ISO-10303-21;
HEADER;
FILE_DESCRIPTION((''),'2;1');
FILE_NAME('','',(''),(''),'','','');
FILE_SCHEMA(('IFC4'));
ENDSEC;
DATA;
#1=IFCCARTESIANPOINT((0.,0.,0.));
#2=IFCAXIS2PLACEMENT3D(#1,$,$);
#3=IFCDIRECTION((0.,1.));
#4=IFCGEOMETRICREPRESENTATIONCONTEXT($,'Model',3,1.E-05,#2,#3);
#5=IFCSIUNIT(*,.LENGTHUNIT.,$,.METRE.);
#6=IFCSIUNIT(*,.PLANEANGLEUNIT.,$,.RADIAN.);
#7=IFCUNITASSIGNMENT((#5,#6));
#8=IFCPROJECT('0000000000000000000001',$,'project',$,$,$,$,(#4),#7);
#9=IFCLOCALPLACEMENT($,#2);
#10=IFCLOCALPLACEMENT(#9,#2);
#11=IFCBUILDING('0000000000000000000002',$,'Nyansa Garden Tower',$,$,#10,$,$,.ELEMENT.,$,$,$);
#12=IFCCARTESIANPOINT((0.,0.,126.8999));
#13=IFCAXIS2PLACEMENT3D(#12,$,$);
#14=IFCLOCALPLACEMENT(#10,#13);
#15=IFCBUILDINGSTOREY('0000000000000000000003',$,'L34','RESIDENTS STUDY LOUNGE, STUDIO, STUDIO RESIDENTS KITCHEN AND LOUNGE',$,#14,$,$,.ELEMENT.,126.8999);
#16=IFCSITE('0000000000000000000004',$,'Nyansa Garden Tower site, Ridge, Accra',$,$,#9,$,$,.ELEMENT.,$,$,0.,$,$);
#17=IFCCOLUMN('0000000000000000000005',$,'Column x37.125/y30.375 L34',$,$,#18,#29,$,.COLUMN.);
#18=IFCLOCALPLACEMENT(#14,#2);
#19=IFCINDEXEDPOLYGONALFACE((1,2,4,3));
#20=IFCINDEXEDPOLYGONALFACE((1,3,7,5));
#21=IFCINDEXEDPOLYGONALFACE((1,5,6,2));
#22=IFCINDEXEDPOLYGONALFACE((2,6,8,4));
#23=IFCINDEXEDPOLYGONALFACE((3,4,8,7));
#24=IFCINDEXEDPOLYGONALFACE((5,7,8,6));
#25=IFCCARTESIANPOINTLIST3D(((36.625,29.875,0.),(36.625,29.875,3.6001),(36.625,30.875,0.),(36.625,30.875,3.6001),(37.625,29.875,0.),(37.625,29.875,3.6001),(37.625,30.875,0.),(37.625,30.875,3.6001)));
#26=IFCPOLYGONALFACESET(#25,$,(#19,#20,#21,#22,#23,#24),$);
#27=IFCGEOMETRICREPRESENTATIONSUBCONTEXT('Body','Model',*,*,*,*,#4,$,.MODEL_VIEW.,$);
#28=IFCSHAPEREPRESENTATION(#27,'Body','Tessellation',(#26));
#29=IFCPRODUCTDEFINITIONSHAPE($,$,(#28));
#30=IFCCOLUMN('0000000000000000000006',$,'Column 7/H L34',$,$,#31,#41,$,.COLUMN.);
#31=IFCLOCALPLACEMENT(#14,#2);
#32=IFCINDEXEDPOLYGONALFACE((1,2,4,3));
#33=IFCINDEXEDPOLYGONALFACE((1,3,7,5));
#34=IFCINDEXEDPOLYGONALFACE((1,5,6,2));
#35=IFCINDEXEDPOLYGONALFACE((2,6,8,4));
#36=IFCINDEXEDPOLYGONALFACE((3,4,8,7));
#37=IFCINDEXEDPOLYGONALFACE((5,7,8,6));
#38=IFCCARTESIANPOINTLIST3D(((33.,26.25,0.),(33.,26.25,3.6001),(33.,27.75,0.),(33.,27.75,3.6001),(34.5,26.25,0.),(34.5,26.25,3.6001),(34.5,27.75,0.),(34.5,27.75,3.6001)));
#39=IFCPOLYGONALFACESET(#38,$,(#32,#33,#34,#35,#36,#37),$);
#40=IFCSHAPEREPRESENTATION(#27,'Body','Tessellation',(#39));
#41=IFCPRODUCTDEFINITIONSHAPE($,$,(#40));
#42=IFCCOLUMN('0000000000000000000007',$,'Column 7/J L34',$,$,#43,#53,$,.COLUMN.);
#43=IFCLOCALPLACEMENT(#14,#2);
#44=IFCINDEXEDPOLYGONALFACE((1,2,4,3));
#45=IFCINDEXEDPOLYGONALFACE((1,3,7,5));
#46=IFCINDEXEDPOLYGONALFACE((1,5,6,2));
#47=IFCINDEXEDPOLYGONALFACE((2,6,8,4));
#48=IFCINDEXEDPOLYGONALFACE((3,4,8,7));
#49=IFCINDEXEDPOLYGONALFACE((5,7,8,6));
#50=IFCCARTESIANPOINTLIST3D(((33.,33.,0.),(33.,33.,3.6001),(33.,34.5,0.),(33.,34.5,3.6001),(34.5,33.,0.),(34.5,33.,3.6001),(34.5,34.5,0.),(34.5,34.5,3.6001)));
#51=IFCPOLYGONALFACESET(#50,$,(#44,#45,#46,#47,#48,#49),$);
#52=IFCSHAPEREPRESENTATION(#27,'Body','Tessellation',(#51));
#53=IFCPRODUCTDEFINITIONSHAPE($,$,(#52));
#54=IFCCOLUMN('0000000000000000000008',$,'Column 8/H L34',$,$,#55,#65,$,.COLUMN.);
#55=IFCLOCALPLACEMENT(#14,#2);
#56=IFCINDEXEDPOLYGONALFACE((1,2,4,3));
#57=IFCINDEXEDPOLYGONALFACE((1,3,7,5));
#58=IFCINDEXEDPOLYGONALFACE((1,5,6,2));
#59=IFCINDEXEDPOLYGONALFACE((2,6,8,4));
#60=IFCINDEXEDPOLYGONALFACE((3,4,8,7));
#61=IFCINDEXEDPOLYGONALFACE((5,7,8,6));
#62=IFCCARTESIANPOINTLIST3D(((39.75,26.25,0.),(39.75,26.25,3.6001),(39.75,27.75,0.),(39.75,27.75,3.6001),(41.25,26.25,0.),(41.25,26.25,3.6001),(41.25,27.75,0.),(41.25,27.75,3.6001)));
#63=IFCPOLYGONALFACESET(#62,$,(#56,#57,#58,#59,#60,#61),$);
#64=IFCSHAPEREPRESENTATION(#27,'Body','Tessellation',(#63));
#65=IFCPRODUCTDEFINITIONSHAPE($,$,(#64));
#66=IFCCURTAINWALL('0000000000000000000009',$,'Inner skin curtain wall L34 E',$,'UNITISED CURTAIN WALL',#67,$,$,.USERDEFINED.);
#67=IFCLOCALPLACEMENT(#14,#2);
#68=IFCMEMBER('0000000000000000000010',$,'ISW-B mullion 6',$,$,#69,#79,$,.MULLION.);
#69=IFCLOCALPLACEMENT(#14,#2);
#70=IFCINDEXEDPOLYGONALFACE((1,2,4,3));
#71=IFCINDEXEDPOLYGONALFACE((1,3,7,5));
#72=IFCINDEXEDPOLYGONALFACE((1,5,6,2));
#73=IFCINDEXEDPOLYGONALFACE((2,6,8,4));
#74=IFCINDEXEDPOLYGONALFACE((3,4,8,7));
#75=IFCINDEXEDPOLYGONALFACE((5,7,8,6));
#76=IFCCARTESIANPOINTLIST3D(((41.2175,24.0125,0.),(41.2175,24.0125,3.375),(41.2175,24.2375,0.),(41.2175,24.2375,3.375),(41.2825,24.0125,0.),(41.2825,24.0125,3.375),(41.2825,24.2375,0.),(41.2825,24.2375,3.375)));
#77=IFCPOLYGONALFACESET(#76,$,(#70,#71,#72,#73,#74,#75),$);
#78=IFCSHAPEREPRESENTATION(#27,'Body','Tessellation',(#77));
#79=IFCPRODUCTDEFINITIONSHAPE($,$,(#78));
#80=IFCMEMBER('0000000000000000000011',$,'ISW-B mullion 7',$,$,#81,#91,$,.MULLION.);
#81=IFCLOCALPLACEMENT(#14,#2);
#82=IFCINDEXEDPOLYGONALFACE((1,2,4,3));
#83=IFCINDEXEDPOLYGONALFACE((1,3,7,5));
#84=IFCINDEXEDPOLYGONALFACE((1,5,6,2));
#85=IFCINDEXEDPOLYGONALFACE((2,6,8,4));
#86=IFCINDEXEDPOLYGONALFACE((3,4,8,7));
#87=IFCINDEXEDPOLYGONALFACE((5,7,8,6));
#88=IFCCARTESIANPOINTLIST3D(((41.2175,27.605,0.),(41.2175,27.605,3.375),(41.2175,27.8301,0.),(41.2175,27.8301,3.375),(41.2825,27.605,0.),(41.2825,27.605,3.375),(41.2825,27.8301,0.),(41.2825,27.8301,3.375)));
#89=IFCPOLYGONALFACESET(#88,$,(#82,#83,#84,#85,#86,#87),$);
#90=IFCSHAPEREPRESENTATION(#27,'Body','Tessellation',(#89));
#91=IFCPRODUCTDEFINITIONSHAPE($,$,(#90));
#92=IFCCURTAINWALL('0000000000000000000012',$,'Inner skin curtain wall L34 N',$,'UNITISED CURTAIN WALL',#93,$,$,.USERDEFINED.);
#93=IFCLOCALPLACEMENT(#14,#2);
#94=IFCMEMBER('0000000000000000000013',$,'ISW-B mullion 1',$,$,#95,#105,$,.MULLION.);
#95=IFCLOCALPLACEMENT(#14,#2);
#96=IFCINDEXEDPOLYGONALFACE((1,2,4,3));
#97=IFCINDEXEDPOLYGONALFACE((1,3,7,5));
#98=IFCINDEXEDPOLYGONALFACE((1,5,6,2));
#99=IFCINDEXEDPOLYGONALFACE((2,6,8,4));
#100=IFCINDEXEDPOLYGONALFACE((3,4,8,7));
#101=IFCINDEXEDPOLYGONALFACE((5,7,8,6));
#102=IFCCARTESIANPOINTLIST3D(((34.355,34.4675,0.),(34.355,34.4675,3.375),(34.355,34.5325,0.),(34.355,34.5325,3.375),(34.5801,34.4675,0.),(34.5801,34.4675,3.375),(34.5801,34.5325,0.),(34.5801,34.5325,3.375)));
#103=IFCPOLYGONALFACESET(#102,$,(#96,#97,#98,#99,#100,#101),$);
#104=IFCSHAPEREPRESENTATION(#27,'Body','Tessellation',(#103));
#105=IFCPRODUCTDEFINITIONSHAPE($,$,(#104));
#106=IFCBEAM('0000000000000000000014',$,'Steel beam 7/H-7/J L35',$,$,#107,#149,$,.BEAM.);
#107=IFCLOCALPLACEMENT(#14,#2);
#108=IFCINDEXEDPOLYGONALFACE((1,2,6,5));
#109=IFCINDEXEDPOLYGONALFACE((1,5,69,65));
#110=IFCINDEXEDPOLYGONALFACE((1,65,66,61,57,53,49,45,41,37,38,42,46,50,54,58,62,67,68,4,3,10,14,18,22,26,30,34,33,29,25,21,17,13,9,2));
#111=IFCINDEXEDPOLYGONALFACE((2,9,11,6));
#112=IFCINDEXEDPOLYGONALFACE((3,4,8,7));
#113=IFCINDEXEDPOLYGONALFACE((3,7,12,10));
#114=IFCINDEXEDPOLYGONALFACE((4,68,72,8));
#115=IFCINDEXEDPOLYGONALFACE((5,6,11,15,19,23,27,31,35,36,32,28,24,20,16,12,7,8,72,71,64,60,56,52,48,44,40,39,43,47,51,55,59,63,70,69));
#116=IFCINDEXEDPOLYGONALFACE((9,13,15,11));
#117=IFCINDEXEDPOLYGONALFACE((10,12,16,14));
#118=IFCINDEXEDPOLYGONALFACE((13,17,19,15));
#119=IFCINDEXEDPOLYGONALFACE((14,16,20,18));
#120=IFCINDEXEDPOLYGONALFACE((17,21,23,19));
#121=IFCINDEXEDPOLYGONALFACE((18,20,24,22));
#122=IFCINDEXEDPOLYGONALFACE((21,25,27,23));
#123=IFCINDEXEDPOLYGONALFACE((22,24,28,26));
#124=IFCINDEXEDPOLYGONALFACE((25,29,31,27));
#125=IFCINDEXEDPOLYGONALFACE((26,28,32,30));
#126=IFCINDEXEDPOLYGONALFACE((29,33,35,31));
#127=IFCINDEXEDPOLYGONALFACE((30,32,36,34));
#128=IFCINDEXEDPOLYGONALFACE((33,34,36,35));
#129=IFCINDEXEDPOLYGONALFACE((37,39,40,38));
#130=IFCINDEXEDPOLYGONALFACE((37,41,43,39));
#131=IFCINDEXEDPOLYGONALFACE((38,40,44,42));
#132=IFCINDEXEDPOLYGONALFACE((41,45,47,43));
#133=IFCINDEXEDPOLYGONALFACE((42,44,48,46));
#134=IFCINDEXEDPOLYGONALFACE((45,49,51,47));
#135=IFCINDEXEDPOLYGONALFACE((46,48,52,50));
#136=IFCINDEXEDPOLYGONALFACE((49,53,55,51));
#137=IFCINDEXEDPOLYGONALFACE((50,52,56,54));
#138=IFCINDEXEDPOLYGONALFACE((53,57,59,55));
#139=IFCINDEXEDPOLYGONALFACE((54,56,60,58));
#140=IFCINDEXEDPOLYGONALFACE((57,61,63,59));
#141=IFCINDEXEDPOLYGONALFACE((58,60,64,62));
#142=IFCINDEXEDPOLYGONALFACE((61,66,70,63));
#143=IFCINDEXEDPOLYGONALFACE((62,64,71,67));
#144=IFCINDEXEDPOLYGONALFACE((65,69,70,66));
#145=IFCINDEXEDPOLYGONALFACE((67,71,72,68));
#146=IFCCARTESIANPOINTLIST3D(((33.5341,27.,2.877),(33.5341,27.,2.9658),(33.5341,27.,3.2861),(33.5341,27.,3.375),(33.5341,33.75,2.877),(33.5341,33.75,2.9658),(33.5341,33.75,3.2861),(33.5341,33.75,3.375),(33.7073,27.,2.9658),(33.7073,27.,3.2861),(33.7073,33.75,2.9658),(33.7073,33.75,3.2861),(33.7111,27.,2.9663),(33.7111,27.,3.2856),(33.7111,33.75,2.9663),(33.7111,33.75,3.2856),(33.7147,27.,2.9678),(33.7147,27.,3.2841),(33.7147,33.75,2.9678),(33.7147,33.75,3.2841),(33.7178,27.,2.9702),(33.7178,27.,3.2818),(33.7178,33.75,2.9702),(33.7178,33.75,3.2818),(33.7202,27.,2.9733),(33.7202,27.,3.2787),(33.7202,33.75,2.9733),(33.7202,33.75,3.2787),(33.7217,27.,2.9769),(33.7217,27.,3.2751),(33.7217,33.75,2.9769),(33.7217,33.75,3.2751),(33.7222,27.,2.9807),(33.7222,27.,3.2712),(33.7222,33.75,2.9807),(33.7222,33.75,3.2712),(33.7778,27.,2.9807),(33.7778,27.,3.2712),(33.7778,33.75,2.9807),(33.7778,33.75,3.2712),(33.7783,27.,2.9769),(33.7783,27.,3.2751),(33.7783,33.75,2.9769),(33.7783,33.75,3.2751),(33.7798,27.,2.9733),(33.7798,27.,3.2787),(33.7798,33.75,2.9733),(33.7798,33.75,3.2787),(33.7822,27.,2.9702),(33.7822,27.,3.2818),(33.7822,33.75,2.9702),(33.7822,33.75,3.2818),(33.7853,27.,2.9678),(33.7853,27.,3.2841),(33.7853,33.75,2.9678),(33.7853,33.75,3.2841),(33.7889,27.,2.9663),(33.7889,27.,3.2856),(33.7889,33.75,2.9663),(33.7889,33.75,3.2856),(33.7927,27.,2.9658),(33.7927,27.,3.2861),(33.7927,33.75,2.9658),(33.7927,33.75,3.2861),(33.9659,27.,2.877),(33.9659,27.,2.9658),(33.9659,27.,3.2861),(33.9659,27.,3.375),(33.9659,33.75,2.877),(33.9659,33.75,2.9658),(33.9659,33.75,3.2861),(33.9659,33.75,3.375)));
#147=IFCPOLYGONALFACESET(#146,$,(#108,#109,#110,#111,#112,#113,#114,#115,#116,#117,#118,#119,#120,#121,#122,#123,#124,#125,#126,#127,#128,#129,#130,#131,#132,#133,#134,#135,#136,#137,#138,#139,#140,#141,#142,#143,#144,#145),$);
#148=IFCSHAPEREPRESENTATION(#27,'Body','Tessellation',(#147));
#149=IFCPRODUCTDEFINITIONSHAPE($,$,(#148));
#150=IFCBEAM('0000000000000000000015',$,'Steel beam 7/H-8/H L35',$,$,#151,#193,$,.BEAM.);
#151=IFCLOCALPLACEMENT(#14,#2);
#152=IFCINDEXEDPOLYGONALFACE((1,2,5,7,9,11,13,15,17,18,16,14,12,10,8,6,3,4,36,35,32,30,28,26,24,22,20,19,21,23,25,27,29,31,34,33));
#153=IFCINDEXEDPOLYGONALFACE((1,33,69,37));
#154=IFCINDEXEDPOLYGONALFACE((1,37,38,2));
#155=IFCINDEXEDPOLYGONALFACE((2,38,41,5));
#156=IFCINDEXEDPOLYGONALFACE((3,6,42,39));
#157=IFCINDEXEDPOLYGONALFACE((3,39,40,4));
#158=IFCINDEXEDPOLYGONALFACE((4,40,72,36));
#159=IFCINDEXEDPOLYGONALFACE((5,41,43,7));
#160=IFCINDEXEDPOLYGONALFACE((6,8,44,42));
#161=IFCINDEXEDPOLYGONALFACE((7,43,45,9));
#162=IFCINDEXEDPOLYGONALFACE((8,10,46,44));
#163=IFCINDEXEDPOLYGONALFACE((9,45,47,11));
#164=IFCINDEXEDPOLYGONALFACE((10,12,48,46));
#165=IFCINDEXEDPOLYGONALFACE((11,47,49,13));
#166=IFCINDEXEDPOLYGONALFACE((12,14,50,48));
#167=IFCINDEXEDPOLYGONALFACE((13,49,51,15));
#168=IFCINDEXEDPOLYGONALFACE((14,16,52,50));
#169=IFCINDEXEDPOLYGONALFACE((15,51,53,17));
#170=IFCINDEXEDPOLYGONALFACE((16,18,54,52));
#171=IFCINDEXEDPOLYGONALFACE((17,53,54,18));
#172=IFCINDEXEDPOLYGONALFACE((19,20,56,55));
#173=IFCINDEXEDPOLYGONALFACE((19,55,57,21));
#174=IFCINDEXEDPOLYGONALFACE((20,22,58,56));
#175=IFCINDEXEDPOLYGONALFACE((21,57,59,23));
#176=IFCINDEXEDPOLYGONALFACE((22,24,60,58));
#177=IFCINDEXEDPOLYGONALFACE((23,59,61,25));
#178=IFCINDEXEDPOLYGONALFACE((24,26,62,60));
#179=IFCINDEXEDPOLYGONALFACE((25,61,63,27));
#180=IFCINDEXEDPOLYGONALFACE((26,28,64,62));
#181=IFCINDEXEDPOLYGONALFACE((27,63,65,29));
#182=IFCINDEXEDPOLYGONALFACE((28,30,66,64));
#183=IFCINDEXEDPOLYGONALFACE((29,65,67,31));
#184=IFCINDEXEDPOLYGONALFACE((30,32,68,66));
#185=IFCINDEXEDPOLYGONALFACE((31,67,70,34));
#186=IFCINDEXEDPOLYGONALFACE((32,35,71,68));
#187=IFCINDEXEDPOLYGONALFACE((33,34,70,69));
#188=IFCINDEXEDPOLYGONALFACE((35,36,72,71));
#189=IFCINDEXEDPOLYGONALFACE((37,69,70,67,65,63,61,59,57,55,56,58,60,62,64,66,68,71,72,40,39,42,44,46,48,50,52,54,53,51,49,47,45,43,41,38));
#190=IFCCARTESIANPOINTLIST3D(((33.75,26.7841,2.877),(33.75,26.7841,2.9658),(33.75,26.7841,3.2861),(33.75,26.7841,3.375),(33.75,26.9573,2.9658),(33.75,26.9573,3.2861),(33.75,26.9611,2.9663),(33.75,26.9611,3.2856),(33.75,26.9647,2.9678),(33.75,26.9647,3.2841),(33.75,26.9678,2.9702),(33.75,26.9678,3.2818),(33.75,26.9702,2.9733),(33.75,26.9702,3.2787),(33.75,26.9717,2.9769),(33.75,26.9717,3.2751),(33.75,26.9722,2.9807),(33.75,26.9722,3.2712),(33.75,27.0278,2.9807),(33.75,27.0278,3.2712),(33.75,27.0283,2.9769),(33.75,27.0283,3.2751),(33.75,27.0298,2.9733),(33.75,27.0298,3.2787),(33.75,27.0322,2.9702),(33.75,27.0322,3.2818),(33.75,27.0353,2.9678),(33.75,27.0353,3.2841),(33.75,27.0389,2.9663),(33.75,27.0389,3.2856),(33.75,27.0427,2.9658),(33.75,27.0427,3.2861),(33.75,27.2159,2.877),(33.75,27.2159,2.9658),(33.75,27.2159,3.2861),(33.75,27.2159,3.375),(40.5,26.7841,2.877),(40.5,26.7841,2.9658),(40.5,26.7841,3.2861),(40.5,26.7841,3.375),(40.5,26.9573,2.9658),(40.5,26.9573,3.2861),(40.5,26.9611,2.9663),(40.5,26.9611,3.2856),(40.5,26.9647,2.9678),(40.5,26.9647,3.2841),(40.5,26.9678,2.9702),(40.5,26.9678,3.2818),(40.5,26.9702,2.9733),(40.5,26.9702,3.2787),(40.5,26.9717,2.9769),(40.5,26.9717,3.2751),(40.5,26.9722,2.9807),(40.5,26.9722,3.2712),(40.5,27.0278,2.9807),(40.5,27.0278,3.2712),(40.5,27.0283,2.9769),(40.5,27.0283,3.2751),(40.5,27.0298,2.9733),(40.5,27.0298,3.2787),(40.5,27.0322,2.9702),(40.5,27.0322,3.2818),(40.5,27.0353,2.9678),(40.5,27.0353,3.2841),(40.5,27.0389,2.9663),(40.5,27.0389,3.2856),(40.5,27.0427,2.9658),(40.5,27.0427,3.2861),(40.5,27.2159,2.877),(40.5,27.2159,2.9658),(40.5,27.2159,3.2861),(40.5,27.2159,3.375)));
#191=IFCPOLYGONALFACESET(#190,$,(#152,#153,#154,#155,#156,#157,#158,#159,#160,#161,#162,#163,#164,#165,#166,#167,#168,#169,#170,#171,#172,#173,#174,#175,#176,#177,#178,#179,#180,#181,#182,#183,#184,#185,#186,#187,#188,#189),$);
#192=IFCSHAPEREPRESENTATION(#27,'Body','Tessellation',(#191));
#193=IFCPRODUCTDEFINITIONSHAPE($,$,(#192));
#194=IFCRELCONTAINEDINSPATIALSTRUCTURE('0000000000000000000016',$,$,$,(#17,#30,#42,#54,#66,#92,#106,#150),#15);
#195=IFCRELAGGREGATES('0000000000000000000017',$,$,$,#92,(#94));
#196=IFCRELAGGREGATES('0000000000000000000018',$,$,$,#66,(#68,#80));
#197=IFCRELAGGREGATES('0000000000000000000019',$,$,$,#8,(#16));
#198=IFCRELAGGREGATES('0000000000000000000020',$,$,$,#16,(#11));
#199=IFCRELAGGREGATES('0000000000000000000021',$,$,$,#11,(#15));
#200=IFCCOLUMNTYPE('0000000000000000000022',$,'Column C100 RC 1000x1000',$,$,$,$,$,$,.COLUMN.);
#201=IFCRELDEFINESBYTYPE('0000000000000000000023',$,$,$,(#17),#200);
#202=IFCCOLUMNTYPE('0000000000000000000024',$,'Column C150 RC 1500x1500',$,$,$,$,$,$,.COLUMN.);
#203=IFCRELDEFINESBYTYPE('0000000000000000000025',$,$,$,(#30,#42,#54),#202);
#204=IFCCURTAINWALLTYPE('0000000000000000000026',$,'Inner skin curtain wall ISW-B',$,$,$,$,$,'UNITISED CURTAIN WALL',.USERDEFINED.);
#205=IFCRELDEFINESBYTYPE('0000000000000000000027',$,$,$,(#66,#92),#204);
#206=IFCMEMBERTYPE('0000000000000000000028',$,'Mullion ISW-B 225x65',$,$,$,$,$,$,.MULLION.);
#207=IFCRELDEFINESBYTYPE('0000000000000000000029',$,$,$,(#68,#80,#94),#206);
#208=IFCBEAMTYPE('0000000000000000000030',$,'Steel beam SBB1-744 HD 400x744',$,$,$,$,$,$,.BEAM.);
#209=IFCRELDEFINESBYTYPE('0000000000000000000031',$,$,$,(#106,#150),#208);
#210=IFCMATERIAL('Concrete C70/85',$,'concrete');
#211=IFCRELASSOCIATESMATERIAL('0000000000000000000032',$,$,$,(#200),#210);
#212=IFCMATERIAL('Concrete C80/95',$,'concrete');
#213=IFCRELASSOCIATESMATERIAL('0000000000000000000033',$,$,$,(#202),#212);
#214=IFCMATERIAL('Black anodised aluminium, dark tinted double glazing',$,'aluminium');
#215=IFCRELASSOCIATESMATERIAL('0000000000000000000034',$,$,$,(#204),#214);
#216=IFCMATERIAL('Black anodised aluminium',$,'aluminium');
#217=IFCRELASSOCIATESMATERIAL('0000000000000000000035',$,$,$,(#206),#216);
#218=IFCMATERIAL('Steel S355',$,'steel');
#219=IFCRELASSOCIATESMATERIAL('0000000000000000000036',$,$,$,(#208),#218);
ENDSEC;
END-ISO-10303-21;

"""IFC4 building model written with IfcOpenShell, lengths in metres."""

from ifc_helpers import new_model, si_unit, direction, frame, origin, origin_2d, place, context, subcontext, project, spatial, rectangle, i_section, extrude, material, material_profile, profile_set, type_object, element, aggregate, save


model = new_model("IFC4")

# Units and contexts
model_context = context("Model", 3, precision=1e-05, world=origin(), true_north=direction((0.0, 1.0)))
body_context = subcontext(model_context, "Body", "Model", "MODEL_VIEW")
ifc_project = project(units=[si_unit("LENGTHUNIT", "METRE"), si_unit("PLANEANGLEUNIT", "RADIAN")], contexts=[model_context])

# Site, building, storey
site_placement = place(None, origin())
site = spatial("IfcSite", under=ifc_project, at=site_placement, Name="Nyansa Garden Tower site, Ridge, Accra", CompositionType="ELEMENT", RefElevation=0.0)
building_placement = place(site_placement, origin())
building = spatial("IfcBuilding", under=site, at=building_placement, Name="Nyansa Garden Tower", CompositionType="ELEMENT")
storey_placement = place(building_placement, frame((0.0, 0.0, 126.8999)))
storey = spatial("IfcBuildingStorey", under=building, at=storey_placement, Name="L34", Description="RESIDENTS STUDY LOUNGE, STUDIO, STUDIO RESIDENTS KITCHEN AND LOUNGE", CompositionType="ELEMENT", Elevation=126.8999)

# Columns
ifc_material_1 = material(Name="Concrete C70/85", Category="concrete")
ifc_material_profile_1 = material_profile(ifc_material_1, rectangle(XDim=1.0, YDim=1.0, at=origin_2d()), Name="RC 1000x1000")
ifc_profile_set_1 = profile_set([ifc_material_profile_1], Name="Concrete C70/85")
column_type_1 = type_object("IfcColumnType", Name="Column C100 RC 1000x1000", PredefinedType="COLUMN", material=ifc_profile_set_1)
column_placement = place(storey_placement, frame((37.125, 30.375, 0.0), z_axis=(0.0, 0.0, 1.0), x_axis=(1.0, 0.0, 0.0)))
element("IfcColumn", 1, at=column_placement, inside=storey, type_object=column_type_1, Name="Column x37.125/y30.375 L34", PredefinedType="COLUMN", context=body_context, shape_type="SweptSolid", body=[
    extrude(rectangle(XDim=1.0, YDim=1.0, at=origin_2d()), origin(), (0.0, 0.0, 1.0), 3.6001),
])
ifc_material_2 = material(Name="Concrete C80/95", Category="concrete")
ifc_material_profile_2 = material_profile(ifc_material_2, rectangle(XDim=1.5, YDim=1.5, at=origin_2d()), Name="RC 1500x1500")
ifc_profile_set_2 = profile_set([ifc_material_profile_2], Name="Concrete C80/95")
column_type_2 = type_object("IfcColumnType", Name="Column C150 RC 1500x1500", PredefinedType="COLUMN", material=ifc_profile_set_2)
for number, where, z_axis, x_axis, name in (
    (2, (33.75, 27.0, 0.0), (0.0, 0.0, 1.0), (1.0, 0.0, 0.0), "Column 7/H L34"),
    (3, (33.75, 33.75, 0.0), (0.0, 0.0, 1.0), (1.0, 0.0, 0.0), "Column 7/J L34"),
    (4, (40.5, 27.0, 0.0), (0.0, 0.0, 1.0), (1.0, 0.0, 0.0), "Column 8/H L34"),
):
    element("IfcColumn", number, at=place(storey_placement, frame(where, z_axis=z_axis, x_axis=x_axis)), inside=storey, type_object=column_type_2, Name=name, PredefinedType="COLUMN", context=body_context, shape_type="SweptSolid", body=[
        extrude(rectangle(XDim=1.5, YDim=1.5, at=origin_2d()), origin(), (0.0, 0.0, 1.0), 3.6001),
    ])

# Curtain wall, members
ifc_material_3 = material(Name="Black anodised aluminium, dark tinted double glazing", Category="aluminium")
curtain_wall_type = type_object("IfcCurtainWallType", Name="Inner skin curtain wall ISW-B", ElementType="UNITISED CURTAIN WALL", PredefinedType="USERDEFINED", material=ifc_material_3)
curtain_wall_1_placement = place(storey_placement, origin())
curtain_wall_1 = element("IfcCurtainWall", 5, at=curtain_wall_1_placement, inside=storey, type_object=curtain_wall_type, Name="Inner skin curtain wall L34 E", ObjectType="UNITISED CURTAIN WALL", PredefinedType="USERDEFINED")
ifc_material_4 = material(Name="Black anodised aluminium", Category="aluminium")
ifc_material_profile_3 = material_profile(ifc_material_4, rectangle(XDim=0.0649, YDim=0.2251, at=origin_2d()), Name="Mullion 225x65")
ifc_profile_set_3 = profile_set([ifc_material_profile_3], Name="Black anodised aluminium")
member_type_1 = type_object("IfcMemberType", Name="Mullion ISW-B 225x65", PredefinedType="MULLION", material=ifc_profile_set_3)
member_1_placement = place(storey_placement, frame((41.25, 24.125, 0.0), z_axis=(0.0, 0.0, 1.0), x_axis=(-1.0, 0.0, 0.0)))
member_1 = element("IfcMember", 6, at=member_1_placement, type_object=member_type_1, Name="ISW-B mullion 6", PredefinedType="MULLION", context=body_context, shape_type="SweptSolid", body=[
    extrude(rectangle(XDim=0.0649, YDim=0.2251, at=origin_2d()), origin(), (0.0, 0.0, 1.0), 3.375),
])
member_2_placement = place(storey_placement, frame((41.25, 27.7175, 0.0), z_axis=(0.0, 0.0, 1.0), x_axis=(-1.0, 0.0, 0.0)))
member_2 = element("IfcMember", 7, at=member_2_placement, type_object=member_type_1, Name="ISW-B mullion 7", PredefinedType="MULLION", context=body_context, shape_type="SweptSolid", body=[
    extrude(rectangle(XDim=0.0649, YDim=0.2251, at=origin_2d()), origin(), (0.0, 0.0, 1.0), 3.375),
])

# Curtain wall, member
curtain_wall_2_placement = place(storey_placement, origin())
curtain_wall_2 = element("IfcCurtainWall", 8, at=curtain_wall_2_placement, inside=storey, type_object=curtain_wall_type, Name="Inner skin curtain wall L34 N", ObjectType="UNITISED CURTAIN WALL", PredefinedType="USERDEFINED")
member_3_placement = place(storey_placement, frame((34.4675, 34.5, 0.0), z_axis=(0.0, 0.0, 1.0), x_axis=(0.0, -1.0, 0.0)))
member_3 = element("IfcMember", 9, at=member_3_placement, type_object=member_type_1, Name="ISW-B mullion 1", PredefinedType="MULLION", context=body_context, shape_type="SweptSolid", body=[
    extrude(rectangle(XDim=0.0649, YDim=0.2251, at=origin_2d()), origin(), (0.0, 0.0, 1.0), 3.375),
])

# Beams
ifc_material_5 = material(Name="Steel S355", Category="steel")
ifc_material_profile_4 = material_profile(ifc_material_5, i_section(OverallWidth=0.4319, OverallDepth=0.498, WebThickness=0.0557, FlangeThickness=0.0889, FilletRadius=0.0149, at=origin_2d()), Name="HD 400x744")
ifc_profile_set_4 = profile_set([ifc_material_profile_4], Name="Steel S355")
beam_type_1 = type_object("IfcBeamType", Name="Steel beam SBB1-744 HD 400x744", PredefinedType="BEAM", material=ifc_profile_set_4)
for number, where, z_axis, x_axis, name in (
    (10, (33.75, 27.0, 3.126), (0.0, 1.0, 0.0), (-1.0, 0.0, 0.0), "Steel beam 7/H-7/J L35"),
    (11, (33.75, 27.0, 3.126), (1.0, 0.0, 0.0), (0.0, 1.0, 0.0), "Steel beam 7/H-8/H L35"),
):
    element("IfcBeam", number, at=place(storey_placement, frame(where, z_axis=z_axis, x_axis=x_axis)), inside=storey, type_object=beam_type_1, Name=name, PredefinedType="BEAM", context=body_context, shape_type="SweptSolid", body=[
        extrude(i_section(OverallWidth=0.4319, OverallDepth=0.498, WebThickness=0.0557, FlangeThickness=0.0889, FilletRadius=0.0149, at=origin_2d()), origin(), (0.0, 0.0, 1.0), 6.75),
    ])

aggregate(curtain_wall_2, [member_3])

aggregate(curtain_wall_1, [member_1, member_2])

save(model, "model.ifc")
